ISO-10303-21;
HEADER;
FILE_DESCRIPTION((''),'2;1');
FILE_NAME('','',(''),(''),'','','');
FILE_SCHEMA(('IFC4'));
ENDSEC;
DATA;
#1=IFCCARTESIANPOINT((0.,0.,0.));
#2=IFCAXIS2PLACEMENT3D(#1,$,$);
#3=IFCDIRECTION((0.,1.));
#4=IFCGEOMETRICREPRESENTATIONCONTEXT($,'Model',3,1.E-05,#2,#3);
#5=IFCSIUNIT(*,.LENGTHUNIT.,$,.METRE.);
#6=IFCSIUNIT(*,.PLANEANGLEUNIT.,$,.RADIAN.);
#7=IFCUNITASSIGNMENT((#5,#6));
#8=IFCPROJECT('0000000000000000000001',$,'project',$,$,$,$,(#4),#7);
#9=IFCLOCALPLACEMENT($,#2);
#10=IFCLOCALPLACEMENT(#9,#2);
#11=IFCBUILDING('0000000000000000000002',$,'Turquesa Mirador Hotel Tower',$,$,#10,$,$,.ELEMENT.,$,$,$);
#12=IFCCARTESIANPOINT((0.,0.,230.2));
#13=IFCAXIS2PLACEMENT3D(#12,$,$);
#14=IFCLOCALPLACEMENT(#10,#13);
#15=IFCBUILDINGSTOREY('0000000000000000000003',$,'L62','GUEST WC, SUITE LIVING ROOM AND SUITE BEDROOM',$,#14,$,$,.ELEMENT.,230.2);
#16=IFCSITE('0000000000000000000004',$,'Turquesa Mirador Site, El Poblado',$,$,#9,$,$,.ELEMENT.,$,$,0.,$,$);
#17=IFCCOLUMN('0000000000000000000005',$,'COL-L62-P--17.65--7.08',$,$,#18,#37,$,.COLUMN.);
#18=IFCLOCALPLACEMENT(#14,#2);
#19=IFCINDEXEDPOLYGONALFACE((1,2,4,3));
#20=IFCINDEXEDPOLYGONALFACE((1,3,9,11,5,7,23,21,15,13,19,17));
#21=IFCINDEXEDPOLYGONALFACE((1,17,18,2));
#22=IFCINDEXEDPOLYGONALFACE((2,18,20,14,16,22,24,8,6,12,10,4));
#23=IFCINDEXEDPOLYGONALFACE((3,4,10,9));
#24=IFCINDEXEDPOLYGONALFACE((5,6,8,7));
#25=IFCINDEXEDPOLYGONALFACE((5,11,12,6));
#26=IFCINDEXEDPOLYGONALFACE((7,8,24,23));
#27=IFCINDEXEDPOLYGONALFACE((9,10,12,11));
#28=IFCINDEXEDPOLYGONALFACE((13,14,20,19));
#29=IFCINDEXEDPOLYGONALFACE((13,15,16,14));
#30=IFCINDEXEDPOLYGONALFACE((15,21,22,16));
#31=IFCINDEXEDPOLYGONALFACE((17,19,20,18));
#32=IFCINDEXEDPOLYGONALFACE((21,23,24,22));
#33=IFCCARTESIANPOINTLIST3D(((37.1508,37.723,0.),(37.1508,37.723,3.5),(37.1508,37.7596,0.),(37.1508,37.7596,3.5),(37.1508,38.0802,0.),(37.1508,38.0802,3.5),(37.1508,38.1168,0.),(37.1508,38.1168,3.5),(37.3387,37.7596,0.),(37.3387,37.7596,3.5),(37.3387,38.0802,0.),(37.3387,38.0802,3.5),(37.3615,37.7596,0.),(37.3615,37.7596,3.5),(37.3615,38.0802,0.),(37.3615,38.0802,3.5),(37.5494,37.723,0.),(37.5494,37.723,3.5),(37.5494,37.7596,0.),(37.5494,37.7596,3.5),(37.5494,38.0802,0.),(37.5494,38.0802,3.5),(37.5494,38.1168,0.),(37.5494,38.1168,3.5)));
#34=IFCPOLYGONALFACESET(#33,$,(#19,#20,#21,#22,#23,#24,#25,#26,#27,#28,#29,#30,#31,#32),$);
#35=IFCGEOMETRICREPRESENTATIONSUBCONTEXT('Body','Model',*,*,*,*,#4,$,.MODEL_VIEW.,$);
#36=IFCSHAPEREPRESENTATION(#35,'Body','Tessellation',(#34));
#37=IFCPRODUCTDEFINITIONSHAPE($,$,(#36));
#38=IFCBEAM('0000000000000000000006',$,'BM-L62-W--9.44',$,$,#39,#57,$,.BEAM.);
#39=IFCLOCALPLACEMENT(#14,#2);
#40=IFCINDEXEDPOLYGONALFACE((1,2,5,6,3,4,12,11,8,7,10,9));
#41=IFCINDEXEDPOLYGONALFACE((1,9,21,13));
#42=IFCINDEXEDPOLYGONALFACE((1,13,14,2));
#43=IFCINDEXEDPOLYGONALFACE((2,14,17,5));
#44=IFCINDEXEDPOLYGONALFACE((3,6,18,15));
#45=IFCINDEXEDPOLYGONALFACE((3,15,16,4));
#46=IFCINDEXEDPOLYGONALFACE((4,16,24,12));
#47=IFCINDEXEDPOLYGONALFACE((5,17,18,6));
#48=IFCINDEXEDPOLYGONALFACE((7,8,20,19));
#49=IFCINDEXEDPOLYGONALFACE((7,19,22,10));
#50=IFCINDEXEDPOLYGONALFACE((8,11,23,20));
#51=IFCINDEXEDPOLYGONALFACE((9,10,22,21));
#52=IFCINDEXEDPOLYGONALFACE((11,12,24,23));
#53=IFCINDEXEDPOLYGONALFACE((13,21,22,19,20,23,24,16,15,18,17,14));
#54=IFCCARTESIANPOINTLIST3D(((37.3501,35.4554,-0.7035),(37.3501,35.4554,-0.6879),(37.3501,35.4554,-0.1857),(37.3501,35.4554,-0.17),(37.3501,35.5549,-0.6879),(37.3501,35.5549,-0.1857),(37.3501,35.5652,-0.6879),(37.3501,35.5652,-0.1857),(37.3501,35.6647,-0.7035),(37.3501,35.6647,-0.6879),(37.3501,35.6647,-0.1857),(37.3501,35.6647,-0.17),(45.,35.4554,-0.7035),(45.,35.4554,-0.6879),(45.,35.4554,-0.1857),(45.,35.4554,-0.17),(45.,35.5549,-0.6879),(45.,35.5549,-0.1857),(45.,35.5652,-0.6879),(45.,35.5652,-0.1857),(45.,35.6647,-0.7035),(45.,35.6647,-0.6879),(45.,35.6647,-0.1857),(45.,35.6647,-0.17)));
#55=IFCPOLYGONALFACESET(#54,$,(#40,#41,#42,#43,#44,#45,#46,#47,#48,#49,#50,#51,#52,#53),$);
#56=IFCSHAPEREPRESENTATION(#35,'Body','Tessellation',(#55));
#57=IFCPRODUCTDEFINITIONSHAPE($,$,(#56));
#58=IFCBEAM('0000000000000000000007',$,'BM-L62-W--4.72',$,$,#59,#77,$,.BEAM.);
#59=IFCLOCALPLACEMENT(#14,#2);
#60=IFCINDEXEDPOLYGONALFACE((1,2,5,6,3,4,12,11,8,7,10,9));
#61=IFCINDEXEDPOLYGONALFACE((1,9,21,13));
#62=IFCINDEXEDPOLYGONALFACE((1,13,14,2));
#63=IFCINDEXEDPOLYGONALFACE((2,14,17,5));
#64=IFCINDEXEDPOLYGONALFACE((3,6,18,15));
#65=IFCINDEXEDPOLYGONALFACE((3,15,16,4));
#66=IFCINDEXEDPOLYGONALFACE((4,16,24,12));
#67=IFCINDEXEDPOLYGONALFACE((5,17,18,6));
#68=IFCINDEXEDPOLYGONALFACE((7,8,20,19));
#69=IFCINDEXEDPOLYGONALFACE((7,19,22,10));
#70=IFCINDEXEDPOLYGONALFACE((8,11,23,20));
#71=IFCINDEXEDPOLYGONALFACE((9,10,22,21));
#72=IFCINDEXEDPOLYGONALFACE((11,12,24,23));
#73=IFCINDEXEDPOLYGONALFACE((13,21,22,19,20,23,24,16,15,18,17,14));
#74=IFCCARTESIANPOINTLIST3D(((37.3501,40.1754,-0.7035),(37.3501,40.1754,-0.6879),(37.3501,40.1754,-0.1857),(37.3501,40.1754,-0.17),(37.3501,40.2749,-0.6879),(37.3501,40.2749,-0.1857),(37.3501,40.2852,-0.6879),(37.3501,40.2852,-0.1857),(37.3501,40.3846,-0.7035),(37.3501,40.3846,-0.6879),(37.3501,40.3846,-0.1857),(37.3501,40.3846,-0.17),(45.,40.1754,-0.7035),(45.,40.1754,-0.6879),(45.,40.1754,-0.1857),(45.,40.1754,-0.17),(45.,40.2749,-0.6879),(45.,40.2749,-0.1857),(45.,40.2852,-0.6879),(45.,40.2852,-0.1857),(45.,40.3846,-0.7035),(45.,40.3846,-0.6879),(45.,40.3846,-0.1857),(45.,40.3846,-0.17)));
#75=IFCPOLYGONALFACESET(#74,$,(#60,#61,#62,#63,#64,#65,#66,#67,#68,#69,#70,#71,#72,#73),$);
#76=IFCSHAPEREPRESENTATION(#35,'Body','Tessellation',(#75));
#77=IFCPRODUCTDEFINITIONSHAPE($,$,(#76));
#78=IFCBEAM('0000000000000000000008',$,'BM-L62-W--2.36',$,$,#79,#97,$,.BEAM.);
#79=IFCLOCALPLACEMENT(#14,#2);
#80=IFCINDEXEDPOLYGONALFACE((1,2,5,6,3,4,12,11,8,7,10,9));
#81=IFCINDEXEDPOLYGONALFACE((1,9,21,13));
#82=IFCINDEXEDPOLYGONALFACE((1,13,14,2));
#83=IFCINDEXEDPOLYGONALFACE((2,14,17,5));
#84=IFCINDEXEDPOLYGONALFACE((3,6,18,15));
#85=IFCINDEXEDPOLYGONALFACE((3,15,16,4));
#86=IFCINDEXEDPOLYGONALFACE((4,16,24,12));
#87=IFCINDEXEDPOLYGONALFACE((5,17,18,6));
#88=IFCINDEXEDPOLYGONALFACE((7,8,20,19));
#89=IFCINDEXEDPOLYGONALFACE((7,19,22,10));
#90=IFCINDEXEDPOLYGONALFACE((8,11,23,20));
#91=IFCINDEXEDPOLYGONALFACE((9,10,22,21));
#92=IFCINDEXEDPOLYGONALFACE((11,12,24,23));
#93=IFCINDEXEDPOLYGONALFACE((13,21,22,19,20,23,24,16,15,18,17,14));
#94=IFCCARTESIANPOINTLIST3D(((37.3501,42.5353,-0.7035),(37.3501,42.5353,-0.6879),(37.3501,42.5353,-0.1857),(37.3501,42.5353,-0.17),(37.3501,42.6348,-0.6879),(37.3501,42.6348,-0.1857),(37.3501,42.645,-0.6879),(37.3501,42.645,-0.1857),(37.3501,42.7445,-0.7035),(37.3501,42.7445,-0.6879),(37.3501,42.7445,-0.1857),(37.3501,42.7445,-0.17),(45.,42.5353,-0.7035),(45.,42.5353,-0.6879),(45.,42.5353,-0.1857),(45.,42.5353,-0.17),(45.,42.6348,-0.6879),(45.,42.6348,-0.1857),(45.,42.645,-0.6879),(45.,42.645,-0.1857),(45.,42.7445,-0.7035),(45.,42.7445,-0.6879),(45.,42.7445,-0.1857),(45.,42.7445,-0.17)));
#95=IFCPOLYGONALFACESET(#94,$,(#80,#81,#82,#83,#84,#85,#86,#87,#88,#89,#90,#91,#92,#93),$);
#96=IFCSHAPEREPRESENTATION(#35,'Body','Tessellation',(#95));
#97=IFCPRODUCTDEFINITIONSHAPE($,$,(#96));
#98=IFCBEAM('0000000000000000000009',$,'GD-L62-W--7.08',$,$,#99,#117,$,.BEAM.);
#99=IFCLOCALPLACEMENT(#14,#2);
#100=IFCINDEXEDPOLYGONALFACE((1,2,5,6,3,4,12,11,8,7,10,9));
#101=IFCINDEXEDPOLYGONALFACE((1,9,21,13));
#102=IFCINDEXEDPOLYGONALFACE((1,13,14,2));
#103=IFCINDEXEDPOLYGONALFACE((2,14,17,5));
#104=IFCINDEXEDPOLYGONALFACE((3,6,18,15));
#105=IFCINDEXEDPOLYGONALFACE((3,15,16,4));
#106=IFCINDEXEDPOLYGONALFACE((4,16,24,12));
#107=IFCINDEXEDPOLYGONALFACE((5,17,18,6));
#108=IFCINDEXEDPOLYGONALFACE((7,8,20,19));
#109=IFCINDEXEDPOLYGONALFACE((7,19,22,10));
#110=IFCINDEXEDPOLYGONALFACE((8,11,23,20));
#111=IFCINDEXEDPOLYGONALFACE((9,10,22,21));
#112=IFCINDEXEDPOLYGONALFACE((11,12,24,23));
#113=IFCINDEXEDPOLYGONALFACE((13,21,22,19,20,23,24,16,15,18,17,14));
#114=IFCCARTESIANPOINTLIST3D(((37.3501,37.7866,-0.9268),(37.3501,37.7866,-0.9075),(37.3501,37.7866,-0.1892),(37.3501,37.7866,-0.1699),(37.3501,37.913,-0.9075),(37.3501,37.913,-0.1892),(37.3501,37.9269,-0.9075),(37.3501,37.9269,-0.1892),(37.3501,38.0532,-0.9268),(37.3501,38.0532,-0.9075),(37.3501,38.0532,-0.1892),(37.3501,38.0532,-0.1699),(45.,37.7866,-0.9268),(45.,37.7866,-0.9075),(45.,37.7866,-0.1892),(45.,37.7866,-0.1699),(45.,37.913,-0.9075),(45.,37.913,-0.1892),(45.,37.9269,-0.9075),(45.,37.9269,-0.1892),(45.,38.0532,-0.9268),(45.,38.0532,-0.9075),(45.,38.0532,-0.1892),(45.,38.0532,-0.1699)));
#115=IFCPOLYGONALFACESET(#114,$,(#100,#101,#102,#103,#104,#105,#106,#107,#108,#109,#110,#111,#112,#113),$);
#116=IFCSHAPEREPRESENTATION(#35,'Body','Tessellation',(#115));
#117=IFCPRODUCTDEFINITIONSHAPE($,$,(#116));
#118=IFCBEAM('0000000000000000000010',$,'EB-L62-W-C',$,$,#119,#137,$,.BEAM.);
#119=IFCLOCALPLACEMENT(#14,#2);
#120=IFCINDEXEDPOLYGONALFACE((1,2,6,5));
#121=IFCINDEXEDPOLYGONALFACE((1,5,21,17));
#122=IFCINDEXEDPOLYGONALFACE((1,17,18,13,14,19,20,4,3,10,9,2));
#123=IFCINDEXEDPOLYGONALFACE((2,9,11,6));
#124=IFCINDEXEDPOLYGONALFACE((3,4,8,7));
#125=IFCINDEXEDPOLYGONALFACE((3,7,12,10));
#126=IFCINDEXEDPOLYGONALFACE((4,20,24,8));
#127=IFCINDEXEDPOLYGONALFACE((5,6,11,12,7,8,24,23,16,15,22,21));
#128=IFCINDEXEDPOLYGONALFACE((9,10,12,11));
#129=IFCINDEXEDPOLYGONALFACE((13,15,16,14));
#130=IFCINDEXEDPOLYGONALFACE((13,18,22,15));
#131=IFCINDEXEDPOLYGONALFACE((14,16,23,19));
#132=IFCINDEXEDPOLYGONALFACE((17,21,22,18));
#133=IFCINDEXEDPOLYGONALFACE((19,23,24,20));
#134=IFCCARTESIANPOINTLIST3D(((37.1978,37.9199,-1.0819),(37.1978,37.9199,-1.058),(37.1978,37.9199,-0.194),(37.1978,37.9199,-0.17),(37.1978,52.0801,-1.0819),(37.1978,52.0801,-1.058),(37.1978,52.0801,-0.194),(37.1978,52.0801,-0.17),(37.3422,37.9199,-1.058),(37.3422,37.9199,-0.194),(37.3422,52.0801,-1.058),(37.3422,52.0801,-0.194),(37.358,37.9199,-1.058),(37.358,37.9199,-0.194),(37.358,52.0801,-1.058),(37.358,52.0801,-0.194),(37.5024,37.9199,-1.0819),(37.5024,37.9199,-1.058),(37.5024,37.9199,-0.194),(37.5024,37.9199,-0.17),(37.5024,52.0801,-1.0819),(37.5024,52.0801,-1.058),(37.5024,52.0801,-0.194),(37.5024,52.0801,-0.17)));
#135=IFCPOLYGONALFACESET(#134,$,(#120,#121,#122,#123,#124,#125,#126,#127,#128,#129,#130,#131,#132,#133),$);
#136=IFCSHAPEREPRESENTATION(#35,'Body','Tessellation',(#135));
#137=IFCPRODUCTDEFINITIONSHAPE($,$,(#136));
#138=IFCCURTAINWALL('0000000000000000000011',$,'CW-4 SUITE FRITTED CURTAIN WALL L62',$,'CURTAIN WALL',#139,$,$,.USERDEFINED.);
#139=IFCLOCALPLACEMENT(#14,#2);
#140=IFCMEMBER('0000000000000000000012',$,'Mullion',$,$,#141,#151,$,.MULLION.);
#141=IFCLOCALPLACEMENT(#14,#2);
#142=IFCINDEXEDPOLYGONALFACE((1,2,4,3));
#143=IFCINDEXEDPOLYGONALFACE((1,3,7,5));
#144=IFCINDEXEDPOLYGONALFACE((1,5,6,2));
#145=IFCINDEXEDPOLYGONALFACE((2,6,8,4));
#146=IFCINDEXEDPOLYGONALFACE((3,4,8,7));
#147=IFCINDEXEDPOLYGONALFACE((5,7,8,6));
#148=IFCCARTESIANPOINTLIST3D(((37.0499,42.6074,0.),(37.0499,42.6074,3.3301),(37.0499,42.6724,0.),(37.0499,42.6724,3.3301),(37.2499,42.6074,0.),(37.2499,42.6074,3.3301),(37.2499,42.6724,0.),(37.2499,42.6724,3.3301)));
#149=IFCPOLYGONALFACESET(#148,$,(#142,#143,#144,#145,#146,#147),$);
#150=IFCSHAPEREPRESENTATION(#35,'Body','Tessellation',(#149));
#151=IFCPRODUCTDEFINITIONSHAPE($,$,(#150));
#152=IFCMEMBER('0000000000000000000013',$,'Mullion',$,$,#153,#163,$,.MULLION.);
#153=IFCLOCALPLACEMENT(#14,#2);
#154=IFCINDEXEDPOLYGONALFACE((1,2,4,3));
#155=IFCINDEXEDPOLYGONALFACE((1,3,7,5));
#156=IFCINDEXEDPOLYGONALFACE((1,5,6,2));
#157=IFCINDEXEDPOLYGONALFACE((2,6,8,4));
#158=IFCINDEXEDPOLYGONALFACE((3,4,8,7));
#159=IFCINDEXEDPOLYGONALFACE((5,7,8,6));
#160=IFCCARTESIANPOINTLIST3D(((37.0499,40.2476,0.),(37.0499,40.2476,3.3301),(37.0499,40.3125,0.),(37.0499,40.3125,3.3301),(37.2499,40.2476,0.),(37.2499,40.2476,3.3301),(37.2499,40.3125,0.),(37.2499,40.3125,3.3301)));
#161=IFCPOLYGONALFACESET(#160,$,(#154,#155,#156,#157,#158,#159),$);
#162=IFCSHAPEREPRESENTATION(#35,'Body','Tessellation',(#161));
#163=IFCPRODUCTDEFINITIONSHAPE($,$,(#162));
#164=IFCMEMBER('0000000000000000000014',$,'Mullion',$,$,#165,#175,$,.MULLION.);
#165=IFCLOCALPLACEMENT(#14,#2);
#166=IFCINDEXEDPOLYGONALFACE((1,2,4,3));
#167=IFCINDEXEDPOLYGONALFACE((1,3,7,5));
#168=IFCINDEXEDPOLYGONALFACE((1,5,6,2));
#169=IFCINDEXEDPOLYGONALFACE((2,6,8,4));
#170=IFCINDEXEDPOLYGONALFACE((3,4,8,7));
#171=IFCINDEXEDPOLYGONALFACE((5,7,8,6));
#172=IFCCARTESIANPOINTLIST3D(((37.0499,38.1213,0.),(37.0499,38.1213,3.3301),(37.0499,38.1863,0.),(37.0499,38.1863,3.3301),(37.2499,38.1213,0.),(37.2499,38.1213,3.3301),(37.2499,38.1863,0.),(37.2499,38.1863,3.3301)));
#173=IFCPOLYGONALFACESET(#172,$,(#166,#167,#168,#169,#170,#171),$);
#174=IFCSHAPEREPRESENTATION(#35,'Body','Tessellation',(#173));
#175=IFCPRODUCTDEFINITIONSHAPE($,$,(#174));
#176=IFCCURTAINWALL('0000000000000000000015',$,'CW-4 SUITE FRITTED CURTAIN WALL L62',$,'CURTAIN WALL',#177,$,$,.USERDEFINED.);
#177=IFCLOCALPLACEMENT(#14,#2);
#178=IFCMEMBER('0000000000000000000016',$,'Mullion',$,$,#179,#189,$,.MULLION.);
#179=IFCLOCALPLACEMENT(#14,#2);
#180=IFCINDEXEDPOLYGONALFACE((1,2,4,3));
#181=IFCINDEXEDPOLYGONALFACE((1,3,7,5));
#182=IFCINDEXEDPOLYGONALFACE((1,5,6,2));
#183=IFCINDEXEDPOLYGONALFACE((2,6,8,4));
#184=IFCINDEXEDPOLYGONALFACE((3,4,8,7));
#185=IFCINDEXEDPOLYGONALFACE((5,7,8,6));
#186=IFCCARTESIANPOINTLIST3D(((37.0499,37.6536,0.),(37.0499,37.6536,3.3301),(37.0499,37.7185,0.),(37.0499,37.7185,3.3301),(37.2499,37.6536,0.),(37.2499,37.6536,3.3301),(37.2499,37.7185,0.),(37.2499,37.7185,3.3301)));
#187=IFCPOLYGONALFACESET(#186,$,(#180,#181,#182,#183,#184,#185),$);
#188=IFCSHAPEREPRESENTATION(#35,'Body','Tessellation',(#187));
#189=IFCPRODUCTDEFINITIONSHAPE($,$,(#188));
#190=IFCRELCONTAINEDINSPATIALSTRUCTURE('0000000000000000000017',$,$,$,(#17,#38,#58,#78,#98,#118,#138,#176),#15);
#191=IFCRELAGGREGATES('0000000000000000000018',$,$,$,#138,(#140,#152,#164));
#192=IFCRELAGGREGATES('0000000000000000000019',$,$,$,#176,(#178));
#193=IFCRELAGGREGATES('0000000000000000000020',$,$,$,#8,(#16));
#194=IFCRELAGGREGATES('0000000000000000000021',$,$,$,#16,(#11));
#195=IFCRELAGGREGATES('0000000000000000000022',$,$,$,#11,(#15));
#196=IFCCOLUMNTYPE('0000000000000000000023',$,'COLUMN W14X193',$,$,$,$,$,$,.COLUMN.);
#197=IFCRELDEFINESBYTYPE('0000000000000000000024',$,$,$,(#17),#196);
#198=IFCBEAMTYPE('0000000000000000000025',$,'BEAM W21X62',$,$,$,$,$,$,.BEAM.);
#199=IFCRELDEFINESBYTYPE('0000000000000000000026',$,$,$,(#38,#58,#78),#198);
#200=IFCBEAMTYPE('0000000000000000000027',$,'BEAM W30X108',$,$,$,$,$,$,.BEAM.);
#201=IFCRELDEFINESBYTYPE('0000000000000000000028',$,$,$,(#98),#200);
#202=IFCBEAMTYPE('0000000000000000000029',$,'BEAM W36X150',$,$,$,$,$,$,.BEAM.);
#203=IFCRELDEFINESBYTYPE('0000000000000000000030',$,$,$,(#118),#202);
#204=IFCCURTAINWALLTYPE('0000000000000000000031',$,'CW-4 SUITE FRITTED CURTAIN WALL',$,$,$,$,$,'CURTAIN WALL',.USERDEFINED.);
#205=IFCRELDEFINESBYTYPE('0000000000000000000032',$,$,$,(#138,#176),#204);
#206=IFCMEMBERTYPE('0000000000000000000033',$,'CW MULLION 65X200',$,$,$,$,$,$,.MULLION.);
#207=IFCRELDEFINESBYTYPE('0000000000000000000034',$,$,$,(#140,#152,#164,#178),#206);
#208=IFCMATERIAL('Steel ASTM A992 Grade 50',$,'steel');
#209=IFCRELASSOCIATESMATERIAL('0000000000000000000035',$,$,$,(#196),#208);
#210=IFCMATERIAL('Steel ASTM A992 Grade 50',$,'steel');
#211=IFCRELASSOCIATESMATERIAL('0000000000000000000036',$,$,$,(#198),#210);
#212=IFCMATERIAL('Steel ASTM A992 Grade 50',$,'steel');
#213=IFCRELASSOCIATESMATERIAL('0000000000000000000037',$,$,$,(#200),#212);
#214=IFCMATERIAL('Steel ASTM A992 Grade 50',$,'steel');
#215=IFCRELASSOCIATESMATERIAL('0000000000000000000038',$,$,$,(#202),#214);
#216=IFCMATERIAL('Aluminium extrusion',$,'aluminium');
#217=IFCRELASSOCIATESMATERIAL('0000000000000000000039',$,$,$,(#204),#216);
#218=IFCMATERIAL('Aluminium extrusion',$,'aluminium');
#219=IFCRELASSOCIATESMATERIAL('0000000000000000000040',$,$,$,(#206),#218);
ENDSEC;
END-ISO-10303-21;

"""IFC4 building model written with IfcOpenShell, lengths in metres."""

from ifc_helpers import new_model, si_unit, direction, frame, origin, origin_2d, place, context, subcontext, project, spatial, rectangle, i_section, extrude, material, material_profile, profile_set, type_object, element, aggregate, save


model = new_model("IFC4")

# Units and contexts
model_context = context("Model", 3, precision=1e-05, world=origin(), true_north=direction((0.0, 1.0)))
body_context = subcontext(model_context, "Body", "Model", "MODEL_VIEW")
ifc_project = project(units=[si_unit("LENGTHUNIT", "METRE"), si_unit("PLANEANGLEUNIT", "RADIAN")], contexts=[model_context])

# Site, building, storey
site_placement = place(None, origin())
site = spatial("IfcSite", under=ifc_project, at=site_placement, Name="Turquesa Mirador Site, El Poblado", CompositionType="ELEMENT", RefElevation=0.0)
building_placement = place(site_placement, origin())
building = spatial("IfcBuilding", under=site, at=building_placement, Name="Turquesa Mirador Hotel Tower", CompositionType="ELEMENT")
storey_placement = place(building_placement, frame((0.0, 0.0, 230.2)))
storey = spatial("IfcBuildingStorey", under=building, at=storey_placement, Name="L62", Description="GUEST WC, SUITE LIVING ROOM AND SUITE BEDROOM", CompositionType="ELEMENT", Elevation=230.2)

# Column
ifc_material_1 = material(Name="Steel ASTM A992 Grade 50", Category="steel")
ifc_material_profile_1 = material_profile(ifc_material_1, i_section(OverallWidth=0.3987, OverallDepth=0.3938, WebThickness=0.0227, FlangeThickness=0.0366, at=origin_2d()), Name="W14X193")
ifc_profile_set_1 = profile_set([ifc_material_profile_1], Name="Steel ASTM A992 Grade 50")
column_type = type_object("IfcColumnType", Name="COLUMN W14X193", PredefinedType="COLUMN", material=ifc_profile_set_1)
column_placement = place(storey_placement, frame((37.3501, 37.9199, 0.0), z_axis=(0.0, 0.0, 1.0), x_axis=(1.0, 0.0, 0.0)))
element("IfcColumn", 1, at=column_placement, inside=storey, type_object=column_type, Name="COL-L62-P--17.65--7.08", PredefinedType="COLUMN", context=body_context, shape_type="SweptSolid", body=[
    extrude(i_section(OverallWidth=0.3987, OverallDepth=0.3938, WebThickness=0.0227, FlangeThickness=0.0366, at=origin_2d()), origin(), (0.0, 0.0, 1.0), 3.5),
])

# Beams
ifc_material_2 = material(Name="Steel ASTM A992 Grade 50", Category="steel")
ifc_material_profile_2 = material_profile(ifc_material_2, i_section(OverallWidth=0.2092, OverallDepth=0.5334, WebThickness=0.0103, FlangeThickness=0.0156, at=origin_2d()), Name="W21X62")
ifc_profile_set_2 = profile_set([ifc_material_profile_2], Name="Steel ASTM A992 Grade 50")
beam_type_1 = type_object("IfcBeamType", Name="BEAM W21X62", PredefinedType="BEAM", material=ifc_profile_set_2)
for number, where, z_axis, x_axis, name in (
    (2, (37.3501, 35.5601, -0.4368), (1.0, 0.0, 0.0), (0.0, 1.0, 0.0), "BM-L62-W--9.44"),
    (3, (37.3501, 40.28, -0.4368), (1.0, 0.0, 0.0), (0.0, 1.0, 0.0), "BM-L62-W--4.72"),
    (4, (37.3501, 42.6399, -0.4368), (1.0, 0.0, 0.0), (0.0, 1.0, 0.0), "BM-L62-W--2.36"),
):
    element("IfcBeam", number, at=place(storey_placement, frame(where, z_axis=z_axis, x_axis=x_axis)), inside=storey, type_object=beam_type_1, Name=name, PredefinedType="BEAM", context=body_context, shape_type="SweptSolid", body=[
        extrude(i_section(OverallWidth=0.2092, OverallDepth=0.5334, WebThickness=0.0103, FlangeThickness=0.0156, at=origin_2d()), origin(), (0.0, 0.0, 1.0), 7.6499),
    ])
ifc_material_3 = material(Name="Steel ASTM A992 Grade 50", Category="steel")
ifc_material_profile_3 = material_profile(ifc_material_3, i_section(OverallWidth=0.2666, OverallDepth=0.7568, WebThickness=0.0139, FlangeThickness=0.0193, at=origin_2d()), Name="W30X108")
ifc_profile_set_3 = profile_set([ifc_material_profile_3], Name="Steel ASTM A992 Grade 50")
beam_type_2 = type_object("IfcBeamType", Name="BEAM W30X108", PredefinedType="BEAM", material=ifc_profile_set_3)
beam_1_placement = place(storey_placement, frame((37.3501, 37.9199, -0.5483), z_axis=(1.0, 0.0, 0.0), x_axis=(0.0, 1.0, 0.0)))
element("IfcBeam", 5, at=beam_1_placement, inside=storey, type_object=beam_type_2, Name="GD-L62-W--7.08", PredefinedType="BEAM", context=body_context, shape_type="SweptSolid", body=[
    extrude(i_section(OverallWidth=0.2666, OverallDepth=0.7568, WebThickness=0.0139, FlangeThickness=0.0193, at=origin_2d()), origin(), (0.0, 0.0, 1.0), 7.6499),
])
ifc_material_4 = material(Name="Steel ASTM A992 Grade 50", Category="steel")
ifc_material_profile_4 = material_profile(ifc_material_4, i_section(OverallWidth=0.3047, OverallDepth=0.9119, WebThickness=0.0159, FlangeThickness=0.0239, at=origin_2d()), Name="W36X150")
ifc_profile_set_4 = profile_set([ifc_material_profile_4], Name="Steel ASTM A992 Grade 50")
beam_type_3 = type_object("IfcBeamType", Name="BEAM W36X150", PredefinedType="BEAM", material=ifc_profile_set_4)
beam_2_placement = place(storey_placement, frame((37.3501, 37.9199, -0.626), z_axis=(0.0, 1.0, 0.0), x_axis=(-1.0, 0.0, 0.0)))
element("IfcBeam", 6, at=beam_2_placement, inside=storey, type_object=beam_type_3, Name="EB-L62-W-C", PredefinedType="BEAM", context=body_context, shape_type="SweptSolid", body=[
    extrude(i_section(OverallWidth=0.3047, OverallDepth=0.9119, WebThickness=0.0159, FlangeThickness=0.0239, at=origin_2d()), origin(), (0.0, 0.0, 1.0), 14.1602),
])

# Curtain walls, members
ifc_material_5 = material(Name="Aluminium extrusion", Category="aluminium")
curtain_wall_type = type_object("IfcCurtainWallType", Name="CW-4 SUITE FRITTED CURTAIN WALL", ElementType="CURTAIN WALL", PredefinedType="USERDEFINED", material=ifc_material_5)
curtain_wall_1_placement = place(storey_placement, origin())
curtain_wall_1 = element("IfcCurtainWall", 7, at=curtain_wall_1_placement, inside=storey, type_object=curtain_wall_type, Name="CW-4 SUITE FRITTED CURTAIN WALL L62", ObjectType="CURTAIN WALL", PredefinedType="USERDEFINED")
ifc_material_6 = material(Name="Aluminium extrusion", Category="aluminium")
ifc_material_profile_5 = material_profile(ifc_material_6, rectangle(XDim=0.0649, YDim=0.2, at=origin_2d()), Name="MULLION 65X200")
ifc_profile_set_5 = profile_set([ifc_material_profile_5], Name="Aluminium extrusion")
member_type_1 = type_object("IfcMemberType", Name="CW MULLION 65X200", PredefinedType="MULLION", material=ifc_profile_set_5)
member_1_placement = place(storey_placement, frame((37.1499, 42.6399, 0.0), z_axis=(0.0, 0.0, 1.0), x_axis=(0.0, -1.0, 0.0)))
member_1 = element("IfcMember", 8, at=member_1_placement, type_object=member_type_1, Name="Mullion", PredefinedType="MULLION", context=body_context, shape_type="SweptSolid", body=[
    extrude(rectangle(XDim=0.0649, YDim=0.2, at=origin_2d()), origin(), (0.0, 0.0, 1.0), 3.3301),
])
member_2_placement = place(storey_placement, frame((37.1499, 40.28, 0.0), z_axis=(0.0, 0.0, 1.0), x_axis=(0.0, -1.0, 0.0)))
member_2 = element("IfcMember", 9, at=member_2_placement, type_object=member_type_1, Name="Mullion", PredefinedType="MULLION", context=body_context, shape_type="SweptSolid", body=[
    extrude(rectangle(XDim=0.0649, YDim=0.2, at=origin_2d()), origin(), (0.0, 0.0, 1.0), 3.3301),
])
member_3_placement = place(storey_placement, frame((37.1499, 38.1538, 0.0), z_axis=(0.0, 0.0, 1.0), x_axis=(0.0, -1.0, 0.0)))
member_3 = element("IfcMember", 10, at=member_3_placement, type_object=member_type_1, Name="Mullion", PredefinedType="MULLION", context=body_context, shape_type="SweptSolid", body=[
    extrude(rectangle(XDim=0.0649, YDim=0.2, at=origin_2d()), origin(), (0.0, 0.0, 1.0), 3.3301),
])
curtain_wall_2_placement = place(storey_placement, origin())
curtain_wall_2 = element("IfcCurtainWall", 11, at=curtain_wall_2_placement, inside=storey, type_object=curtain_wall_type, Name="CW-4 SUITE FRITTED CURTAIN WALL L62", ObjectType="CURTAIN WALL", PredefinedType="USERDEFINED")
member_4_placement = place(storey_placement, frame((37.1499, 37.686, 0.0), z_axis=(0.0, 0.0, 1.0), x_axis=(0.0, -1.0, 0.0)))
member_4 = element("IfcMember", 12, at=member_4_placement, type_object=member_type_1, Name="Mullion", PredefinedType="MULLION", context=body_context, shape_type="SweptSolid", body=[
    extrude(rectangle(XDim=0.0649, YDim=0.2, at=origin_2d()), origin(), (0.0, 0.0, 1.0), 3.3301),
])

aggregate(curtain_wall_1, [member_1, member_2, member_3])
aggregate(curtain_wall_2, [member_4])

save(model, "model.ifc")
